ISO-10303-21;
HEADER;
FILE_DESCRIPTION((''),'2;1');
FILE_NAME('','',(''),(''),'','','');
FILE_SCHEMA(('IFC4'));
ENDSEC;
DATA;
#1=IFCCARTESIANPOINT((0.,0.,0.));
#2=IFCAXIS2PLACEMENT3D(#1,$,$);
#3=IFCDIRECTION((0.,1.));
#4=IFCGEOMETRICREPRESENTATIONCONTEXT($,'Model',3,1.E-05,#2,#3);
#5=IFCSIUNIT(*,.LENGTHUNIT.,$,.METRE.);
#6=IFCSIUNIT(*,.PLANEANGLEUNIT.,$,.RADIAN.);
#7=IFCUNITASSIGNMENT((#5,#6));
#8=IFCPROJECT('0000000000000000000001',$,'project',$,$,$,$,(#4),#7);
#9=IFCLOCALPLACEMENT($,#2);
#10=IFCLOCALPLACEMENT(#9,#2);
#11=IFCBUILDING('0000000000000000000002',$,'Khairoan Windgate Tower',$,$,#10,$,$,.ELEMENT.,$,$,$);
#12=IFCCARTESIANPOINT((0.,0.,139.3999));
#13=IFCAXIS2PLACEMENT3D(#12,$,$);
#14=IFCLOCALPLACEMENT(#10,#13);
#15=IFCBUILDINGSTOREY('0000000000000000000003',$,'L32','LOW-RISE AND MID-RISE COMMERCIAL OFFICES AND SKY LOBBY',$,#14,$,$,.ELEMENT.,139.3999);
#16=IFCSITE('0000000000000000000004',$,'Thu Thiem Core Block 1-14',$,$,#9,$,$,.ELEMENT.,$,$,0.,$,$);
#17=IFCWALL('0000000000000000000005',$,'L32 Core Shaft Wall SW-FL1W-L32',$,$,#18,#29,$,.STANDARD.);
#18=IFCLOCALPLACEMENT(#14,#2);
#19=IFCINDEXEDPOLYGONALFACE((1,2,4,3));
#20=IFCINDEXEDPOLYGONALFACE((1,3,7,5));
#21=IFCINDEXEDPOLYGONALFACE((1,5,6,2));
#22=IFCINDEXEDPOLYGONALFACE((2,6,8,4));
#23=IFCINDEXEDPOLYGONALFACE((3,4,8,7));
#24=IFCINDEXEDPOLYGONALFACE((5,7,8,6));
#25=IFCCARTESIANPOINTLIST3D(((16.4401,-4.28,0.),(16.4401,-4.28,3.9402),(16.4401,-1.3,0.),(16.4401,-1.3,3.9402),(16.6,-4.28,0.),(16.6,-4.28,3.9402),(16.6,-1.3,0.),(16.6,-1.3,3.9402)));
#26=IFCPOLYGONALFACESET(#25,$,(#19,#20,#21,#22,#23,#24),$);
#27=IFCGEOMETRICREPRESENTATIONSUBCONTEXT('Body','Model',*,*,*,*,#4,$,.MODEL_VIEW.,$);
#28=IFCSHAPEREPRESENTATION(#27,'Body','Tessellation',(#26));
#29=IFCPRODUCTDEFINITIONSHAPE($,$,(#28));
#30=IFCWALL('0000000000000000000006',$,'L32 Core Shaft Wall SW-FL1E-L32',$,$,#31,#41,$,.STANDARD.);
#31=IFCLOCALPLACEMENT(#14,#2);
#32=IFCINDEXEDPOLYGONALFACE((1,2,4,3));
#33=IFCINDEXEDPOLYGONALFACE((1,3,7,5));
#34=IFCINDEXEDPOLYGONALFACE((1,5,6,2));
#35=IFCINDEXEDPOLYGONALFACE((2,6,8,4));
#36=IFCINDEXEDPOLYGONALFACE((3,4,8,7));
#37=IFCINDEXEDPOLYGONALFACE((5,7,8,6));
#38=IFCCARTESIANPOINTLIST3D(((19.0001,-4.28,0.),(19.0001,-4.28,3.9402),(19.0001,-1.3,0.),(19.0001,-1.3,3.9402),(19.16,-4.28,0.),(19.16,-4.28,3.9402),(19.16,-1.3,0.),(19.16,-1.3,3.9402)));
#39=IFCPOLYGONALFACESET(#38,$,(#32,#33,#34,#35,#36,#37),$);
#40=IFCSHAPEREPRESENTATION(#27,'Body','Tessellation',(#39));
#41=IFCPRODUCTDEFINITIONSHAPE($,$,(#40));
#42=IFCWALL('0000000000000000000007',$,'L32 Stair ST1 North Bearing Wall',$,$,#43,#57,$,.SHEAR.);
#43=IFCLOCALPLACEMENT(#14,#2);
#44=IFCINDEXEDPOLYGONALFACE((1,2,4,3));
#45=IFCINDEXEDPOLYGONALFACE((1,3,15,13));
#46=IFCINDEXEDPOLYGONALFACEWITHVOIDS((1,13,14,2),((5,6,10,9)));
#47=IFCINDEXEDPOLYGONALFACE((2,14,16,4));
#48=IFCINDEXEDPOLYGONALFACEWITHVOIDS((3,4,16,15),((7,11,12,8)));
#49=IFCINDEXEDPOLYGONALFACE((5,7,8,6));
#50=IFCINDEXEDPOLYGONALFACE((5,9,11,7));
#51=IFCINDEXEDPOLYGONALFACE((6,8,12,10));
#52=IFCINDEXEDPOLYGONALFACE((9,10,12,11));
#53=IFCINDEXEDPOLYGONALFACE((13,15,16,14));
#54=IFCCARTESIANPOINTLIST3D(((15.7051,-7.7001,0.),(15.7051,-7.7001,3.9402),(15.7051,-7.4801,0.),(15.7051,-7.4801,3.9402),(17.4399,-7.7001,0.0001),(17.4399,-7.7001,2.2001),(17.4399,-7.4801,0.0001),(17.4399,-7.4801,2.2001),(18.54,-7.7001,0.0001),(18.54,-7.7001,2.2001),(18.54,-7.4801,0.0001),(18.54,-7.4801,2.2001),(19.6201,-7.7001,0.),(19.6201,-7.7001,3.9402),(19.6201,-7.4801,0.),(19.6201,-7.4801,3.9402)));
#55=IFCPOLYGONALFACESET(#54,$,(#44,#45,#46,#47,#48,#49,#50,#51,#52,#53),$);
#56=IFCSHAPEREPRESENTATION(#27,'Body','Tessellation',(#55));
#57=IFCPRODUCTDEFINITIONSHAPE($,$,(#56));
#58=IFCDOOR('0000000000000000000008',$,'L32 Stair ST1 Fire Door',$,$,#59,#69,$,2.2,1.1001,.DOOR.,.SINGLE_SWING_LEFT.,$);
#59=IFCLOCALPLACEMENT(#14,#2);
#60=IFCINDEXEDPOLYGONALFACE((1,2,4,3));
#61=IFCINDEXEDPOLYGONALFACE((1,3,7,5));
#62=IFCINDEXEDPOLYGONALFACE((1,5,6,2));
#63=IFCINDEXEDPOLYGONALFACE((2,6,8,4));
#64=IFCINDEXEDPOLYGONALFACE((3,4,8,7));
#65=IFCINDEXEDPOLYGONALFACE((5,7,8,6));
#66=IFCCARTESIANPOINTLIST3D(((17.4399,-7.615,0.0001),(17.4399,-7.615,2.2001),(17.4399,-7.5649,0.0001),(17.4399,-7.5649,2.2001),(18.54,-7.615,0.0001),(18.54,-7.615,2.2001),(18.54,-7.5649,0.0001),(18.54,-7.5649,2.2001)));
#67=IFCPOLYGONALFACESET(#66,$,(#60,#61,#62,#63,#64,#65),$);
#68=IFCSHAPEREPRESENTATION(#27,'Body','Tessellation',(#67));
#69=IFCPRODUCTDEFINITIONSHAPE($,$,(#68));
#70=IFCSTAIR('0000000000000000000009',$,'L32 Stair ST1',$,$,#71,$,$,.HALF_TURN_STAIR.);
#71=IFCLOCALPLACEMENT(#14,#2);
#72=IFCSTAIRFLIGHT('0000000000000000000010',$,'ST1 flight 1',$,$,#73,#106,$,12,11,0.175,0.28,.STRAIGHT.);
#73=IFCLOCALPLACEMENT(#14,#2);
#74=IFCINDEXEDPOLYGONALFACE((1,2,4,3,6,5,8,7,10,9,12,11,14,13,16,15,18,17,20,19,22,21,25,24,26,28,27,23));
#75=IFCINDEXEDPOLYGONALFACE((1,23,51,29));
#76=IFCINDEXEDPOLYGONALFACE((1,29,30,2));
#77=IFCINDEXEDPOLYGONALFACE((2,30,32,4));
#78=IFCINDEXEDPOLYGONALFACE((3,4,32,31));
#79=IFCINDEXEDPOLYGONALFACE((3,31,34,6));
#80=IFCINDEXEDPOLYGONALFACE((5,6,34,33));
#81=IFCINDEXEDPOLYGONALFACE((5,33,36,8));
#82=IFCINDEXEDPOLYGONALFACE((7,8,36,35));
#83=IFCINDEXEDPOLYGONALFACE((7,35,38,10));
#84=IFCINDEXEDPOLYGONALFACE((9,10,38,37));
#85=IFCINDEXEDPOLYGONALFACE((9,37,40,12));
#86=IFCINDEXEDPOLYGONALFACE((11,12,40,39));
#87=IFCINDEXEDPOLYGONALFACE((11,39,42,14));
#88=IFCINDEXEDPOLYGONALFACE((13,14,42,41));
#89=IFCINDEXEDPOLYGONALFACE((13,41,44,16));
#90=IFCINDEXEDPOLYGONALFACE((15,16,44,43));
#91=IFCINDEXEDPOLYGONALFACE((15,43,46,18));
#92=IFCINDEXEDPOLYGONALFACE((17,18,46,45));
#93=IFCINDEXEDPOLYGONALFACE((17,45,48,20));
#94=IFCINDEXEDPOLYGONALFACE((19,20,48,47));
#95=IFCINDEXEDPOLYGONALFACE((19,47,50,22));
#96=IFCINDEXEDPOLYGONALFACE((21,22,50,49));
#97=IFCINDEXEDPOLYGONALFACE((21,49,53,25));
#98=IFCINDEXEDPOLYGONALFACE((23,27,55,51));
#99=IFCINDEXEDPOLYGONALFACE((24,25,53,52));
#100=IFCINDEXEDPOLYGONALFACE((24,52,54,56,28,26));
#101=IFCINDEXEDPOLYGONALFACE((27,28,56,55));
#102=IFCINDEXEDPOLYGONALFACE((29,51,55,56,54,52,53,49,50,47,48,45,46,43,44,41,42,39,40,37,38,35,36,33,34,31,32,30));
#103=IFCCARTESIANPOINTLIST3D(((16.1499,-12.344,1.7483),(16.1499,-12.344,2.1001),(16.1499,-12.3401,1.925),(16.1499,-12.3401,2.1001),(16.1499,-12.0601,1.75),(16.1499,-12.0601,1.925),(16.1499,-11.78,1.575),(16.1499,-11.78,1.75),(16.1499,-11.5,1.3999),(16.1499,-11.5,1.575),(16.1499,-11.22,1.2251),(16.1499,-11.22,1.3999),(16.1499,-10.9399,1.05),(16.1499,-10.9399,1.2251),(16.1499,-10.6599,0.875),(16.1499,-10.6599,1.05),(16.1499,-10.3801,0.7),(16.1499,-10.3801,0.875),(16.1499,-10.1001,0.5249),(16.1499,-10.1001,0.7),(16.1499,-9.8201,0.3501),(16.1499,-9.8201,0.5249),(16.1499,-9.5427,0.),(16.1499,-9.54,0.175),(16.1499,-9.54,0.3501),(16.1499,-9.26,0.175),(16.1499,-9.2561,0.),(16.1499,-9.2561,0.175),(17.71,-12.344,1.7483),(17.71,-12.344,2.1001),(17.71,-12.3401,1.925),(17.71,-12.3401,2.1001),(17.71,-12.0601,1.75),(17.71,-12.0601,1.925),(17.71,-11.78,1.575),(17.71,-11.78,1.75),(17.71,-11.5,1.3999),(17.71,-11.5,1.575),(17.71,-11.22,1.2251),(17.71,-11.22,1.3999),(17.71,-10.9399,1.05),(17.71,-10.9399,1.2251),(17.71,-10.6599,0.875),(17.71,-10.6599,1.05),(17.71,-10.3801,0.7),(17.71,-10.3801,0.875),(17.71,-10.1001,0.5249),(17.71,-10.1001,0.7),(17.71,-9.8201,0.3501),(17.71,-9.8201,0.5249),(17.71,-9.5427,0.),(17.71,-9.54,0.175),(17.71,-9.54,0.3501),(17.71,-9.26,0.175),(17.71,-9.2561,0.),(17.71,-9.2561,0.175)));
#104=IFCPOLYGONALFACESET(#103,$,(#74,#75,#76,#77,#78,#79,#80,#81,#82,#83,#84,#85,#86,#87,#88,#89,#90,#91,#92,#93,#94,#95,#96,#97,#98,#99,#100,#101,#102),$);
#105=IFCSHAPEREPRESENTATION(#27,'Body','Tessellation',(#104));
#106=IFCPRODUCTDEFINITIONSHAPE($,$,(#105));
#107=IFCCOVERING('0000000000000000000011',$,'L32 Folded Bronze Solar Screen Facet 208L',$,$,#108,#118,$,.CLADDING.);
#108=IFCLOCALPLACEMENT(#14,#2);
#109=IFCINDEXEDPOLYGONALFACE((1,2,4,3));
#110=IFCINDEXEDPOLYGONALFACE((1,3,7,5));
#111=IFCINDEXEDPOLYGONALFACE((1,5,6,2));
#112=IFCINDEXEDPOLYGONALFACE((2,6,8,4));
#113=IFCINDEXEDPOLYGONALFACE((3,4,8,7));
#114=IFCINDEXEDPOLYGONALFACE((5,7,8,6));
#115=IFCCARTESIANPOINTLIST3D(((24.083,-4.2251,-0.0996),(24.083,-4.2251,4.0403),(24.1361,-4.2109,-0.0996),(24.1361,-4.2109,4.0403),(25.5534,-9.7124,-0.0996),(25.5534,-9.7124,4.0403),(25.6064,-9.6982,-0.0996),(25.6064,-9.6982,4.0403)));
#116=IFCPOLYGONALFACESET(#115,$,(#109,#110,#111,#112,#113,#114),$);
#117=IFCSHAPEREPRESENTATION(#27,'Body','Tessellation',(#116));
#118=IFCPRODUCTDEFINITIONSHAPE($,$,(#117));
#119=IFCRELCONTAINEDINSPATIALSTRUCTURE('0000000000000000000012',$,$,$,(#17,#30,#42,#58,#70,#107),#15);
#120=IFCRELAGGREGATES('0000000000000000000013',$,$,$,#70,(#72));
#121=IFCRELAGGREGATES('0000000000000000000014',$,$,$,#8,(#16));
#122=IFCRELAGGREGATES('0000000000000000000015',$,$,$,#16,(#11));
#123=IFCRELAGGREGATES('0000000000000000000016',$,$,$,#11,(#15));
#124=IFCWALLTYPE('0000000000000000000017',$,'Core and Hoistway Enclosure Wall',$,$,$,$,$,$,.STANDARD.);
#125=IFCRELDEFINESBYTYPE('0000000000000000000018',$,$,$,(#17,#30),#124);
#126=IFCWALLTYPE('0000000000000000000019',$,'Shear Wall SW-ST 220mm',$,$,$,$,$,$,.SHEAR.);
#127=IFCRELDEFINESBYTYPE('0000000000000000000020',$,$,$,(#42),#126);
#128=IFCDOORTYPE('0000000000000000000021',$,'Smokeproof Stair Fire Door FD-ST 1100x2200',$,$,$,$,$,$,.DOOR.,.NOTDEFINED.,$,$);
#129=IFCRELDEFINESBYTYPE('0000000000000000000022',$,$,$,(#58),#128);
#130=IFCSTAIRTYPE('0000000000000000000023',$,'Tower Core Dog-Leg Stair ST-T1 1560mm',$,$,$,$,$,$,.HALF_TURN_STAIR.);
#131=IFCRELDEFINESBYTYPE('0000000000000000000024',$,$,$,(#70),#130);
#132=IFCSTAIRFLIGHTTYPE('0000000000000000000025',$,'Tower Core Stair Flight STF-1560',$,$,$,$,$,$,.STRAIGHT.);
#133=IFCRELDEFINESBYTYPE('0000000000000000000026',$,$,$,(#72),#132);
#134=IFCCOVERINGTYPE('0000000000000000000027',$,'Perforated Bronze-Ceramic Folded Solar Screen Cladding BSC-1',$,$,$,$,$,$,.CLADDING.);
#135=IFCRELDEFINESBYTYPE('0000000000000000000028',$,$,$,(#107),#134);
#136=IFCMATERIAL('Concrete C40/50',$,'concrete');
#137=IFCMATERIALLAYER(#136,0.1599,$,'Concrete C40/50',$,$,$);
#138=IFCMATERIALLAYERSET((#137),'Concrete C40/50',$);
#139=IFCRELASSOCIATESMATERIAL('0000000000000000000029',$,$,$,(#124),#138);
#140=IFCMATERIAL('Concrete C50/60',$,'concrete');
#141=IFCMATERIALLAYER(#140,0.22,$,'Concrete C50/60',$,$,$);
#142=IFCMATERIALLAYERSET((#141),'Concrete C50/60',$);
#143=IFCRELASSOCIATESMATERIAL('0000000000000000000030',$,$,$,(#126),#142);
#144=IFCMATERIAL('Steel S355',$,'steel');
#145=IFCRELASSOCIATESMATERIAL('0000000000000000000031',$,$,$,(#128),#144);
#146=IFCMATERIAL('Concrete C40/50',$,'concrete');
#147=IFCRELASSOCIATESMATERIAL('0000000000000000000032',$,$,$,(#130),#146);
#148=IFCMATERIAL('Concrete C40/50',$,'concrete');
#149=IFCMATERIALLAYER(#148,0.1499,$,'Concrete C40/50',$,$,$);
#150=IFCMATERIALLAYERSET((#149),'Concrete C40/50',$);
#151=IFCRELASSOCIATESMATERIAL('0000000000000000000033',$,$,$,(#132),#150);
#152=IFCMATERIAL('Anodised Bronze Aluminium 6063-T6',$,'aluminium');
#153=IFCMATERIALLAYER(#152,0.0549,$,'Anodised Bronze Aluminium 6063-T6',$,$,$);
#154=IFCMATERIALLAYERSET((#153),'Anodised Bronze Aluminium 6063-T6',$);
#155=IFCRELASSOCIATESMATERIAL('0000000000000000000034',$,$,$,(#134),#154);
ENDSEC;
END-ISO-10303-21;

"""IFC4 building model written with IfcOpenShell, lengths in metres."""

from ifc_helpers import new_model, si_unit, direction, frame, frame_2d, origin, origin_2d, place, context, subcontext, project, spatial, polyline, rectangle, outline, extrude, material, layer, layer_set, type_object, element, fill, aggregate, save


model = new_model("IFC4")

# Units and contexts
model_context = context("Model", 3, precision=1e-05, world=origin(), true_north=direction((0.0, 1.0)))
body_context = subcontext(model_context, "Body", "Model", "MODEL_VIEW")
ifc_project = project(units=[si_unit("LENGTHUNIT", "METRE"), si_unit("PLANEANGLEUNIT", "RADIAN")], contexts=[model_context])

# Site, building, storey
site_placement = place(None, origin())
site = spatial("IfcSite", under=ifc_project, at=site_placement, Name="Thu Thiem Core Block 1-14", CompositionType="ELEMENT", RefElevation=0.0)
building_placement = place(site_placement, origin())
building = spatial("IfcBuilding", under=site, at=building_placement, Name="Khairoan Windgate Tower", CompositionType="ELEMENT")
storey_placement = place(building_placement, frame((0.0, 0.0, 139.3999)))
storey = spatial("IfcBuildingStorey", under=building, at=storey_placement, Name="L32", Description="LOW-RISE AND MID-RISE COMMERCIAL OFFICES AND SKY LOBBY", CompositionType="ELEMENT", Elevation=139.3999)

# Walls
ifc_material_1 = material(Name="Concrete C40/50", Category="concrete")
ifc_layer_1 = layer(ifc_material_1, 0.1599, Name="Concrete C40/50")
ifc_layer_set_1 = layer_set([ifc_layer_1], Name="Concrete C40/50")
wall_type_1 = type_object("IfcWallType", Name="Core and Hoistway Enclosure Wall", PredefinedType="STANDARD", material=ifc_layer_set_1)
for number, where, z_axis, x_axis, name in (
    (1, (16.52, -4.28, 0.0), (0.0, 0.0, 1.0), (0.0, 1.0, 0.0), "L32 Core Shaft Wall SW-FL1W-L32"),
    (2, (19.0801, -4.28, 0.0), (0.0, 0.0, 1.0), (0.0, 1.0, 0.0), "L32 Core Shaft Wall SW-FL1E-L32"),
):
    element("IfcWall", number, at=place(storey_placement, frame(where, z_axis=z_axis, x_axis=x_axis)), inside=storey, type_object=wall_type_1, Name=name, PredefinedType="STANDARD", context=body_context, shape_type="SweptSolid", body=[
        extrude(rectangle(XDim=2.98, YDim=0.1599, at=frame_2d((1.49, 0.0))), origin(), (0.0, 0.0, 1.0), 3.9402),
    ])

# Wall, opening, door
ifc_material_2 = material(Name="Concrete C50/60", Category="concrete")
ifc_layer_2 = layer(ifc_material_2, 0.22, Name="Concrete C50/60")
ifc_layer_set_2 = layer_set([ifc_layer_2], Name="Concrete C50/60")
wall_type_2 = type_object("IfcWallType", Name="Shear Wall SW-ST 220mm", PredefinedType="SHEAR", material=ifc_layer_set_2)
wall_placement = place(storey_placement, frame((19.6201, -7.5901, 0.0), z_axis=(0.0, 0.0, 1.0), x_axis=(-1.0, 0.0, 0.0)))
wall = element("IfcWall", 3, at=wall_placement, inside=storey, type_object=wall_type_2, Name="L32 Stair ST1 North Bearing Wall", PredefinedType="SHEAR", context=body_context, shape_type="SweptSolid", body=[
    extrude(rectangle(XDim=3.915, YDim=0.22, at=frame_2d((1.9575, 0.0))), origin(), (0.0, 0.0, 1.0), 3.9402),
])
opening_placement = place(wall_placement, frame((1.0801, 0.0, 0.0)))
opening = element("IfcOpeningElement", 4, at=opening_placement, cuts=wall, PredefinedType="OPENING", context=body_context, shape_type="SweptSolid", body=[
    extrude(rectangle(XDim=1.1001, YDim=2.2, at=frame_2d((0.55, 1.1001))), frame((0.0, 0.1199, 0.0), z_axis=(0.0, -1.0, 0.0), x_axis=(1.0, 0.0, 0.0)), (0.0, 0.0, 1.0), 0.24),
])
ifc_material_3 = material(Name="Steel S355", Category="steel")
door_type = type_object("IfcDoorType", Name="Smokeproof Stair Fire Door FD-ST 1100x2200", OperationType="NOTDEFINED", PredefinedType="DOOR", material=ifc_material_3)
door_placement = place(opening_placement, origin())
door = element("IfcDoor", 5, at=door_placement, inside=storey, type_object=door_type, Name="L32 Stair ST1 Fire Door", OperationType="SINGLE_SWING_LEFT", OverallHeight=2.2, OverallWidth=1.1001, PredefinedType="DOOR", context=body_context, shape_type="SweptSolid", body=[
    extrude(rectangle(XDim=1.1001, YDim=2.2, at=frame_2d((0.55, 1.1001))), frame((0.0, 0.0249, 0.0), z_axis=(0.0, -1.0, 0.0), x_axis=(1.0, 0.0, 0.0)), (0.0, 0.0, 1.0), 0.05),
])
fill(opening, door)

# Stair, stair flight
ifc_material_4 = material(Name="Concrete C40/50", Category="concrete")
stair_type = type_object("IfcStairType", Name="Tower Core Dog-Leg Stair ST-T1 1560mm", PredefinedType="HALF_TURN_STAIR", material=ifc_material_4)
stair_placement = place(storey_placement, origin())
stair = element("IfcStair", 6, at=stair_placement, inside=storey, type_object=stair_type, Name="L32 Stair ST1", PredefinedType="HALF_TURN_STAIR")
ifc_material_5 = material(Name="Concrete C40/50", Category="concrete")
ifc_layer_3 = layer(ifc_material_5, 0.1499, Name="Concrete C40/50")
ifc_layer_set_3 = layer_set([ifc_layer_3], Name="Concrete C40/50")
stair_flight_type = type_object("IfcStairFlightType", Name="Tower Core Stair Flight STF-1560", PredefinedType="STRAIGHT", material=ifc_layer_set_3)
stair_flight_placement = place(storey_placement, frame((16.9299, -9.26, 0.0), z_axis=(0.0, 0.0, 1.0), x_axis=(0.0, -1.0, 0.0)))
stair_flight = element("IfcStairFlight", 7, at=stair_flight_placement, type_object=stair_flight_type, Name="ST1 flight 1", NumberOfRisers=12, NumberOfTreads=11, PredefinedType="STRAIGHT", RiserHeight=0.175, TreadLength=0.28, context=body_context, shape_type="SweptSolid", body=[
    extrude(outline(polyline([(-0.0039, 0.0), (-0.0039, 0.175), (0.0, 0.175), (0.28, 0.175), (0.28, 0.3501), (0.5601, 0.3501), (0.5601, 0.5249), (0.8401, 0.5249), (0.8401, 0.7), (1.1201, 0.7), (1.1201, 0.875), (1.3999, 0.875), (1.3999, 1.05), (1.6799, 1.05), (1.6799, 1.2251), (1.96, 1.2251), (1.96, 1.3999), (2.24, 1.3999), (2.24, 1.575), (2.52, 1.575), (2.52, 1.75), (2.8, 1.75), (2.8, 1.925), (3.0801, 1.925), (3.0801, 2.1001), (3.084, 2.1001), (3.084, 1.7483), (0.2827, 0.0), (-0.0039, 0.0)])), frame((0.0, 0.78, 0.0), z_axis=(0.0, -1.0, 0.0), x_axis=(1.0, 0.0, 0.0)), (0.0, 0.0, 1.0), 1.5601),
])
aggregate(stair, [stair_flight])

# Covering
ifc_material_6 = material(Name="Anodised Bronze Aluminium 6063-T6", Category="aluminium")
ifc_layer_4 = layer(ifc_material_6, 0.0549, Name="Anodised Bronze Aluminium 6063-T6")
ifc_layer_set_4 = layer_set([ifc_layer_4], Name="Anodised Bronze Aluminium 6063-T6")
covering_type = type_object("IfcCoveringType", Name="Perforated Bronze-Ceramic Folded Solar Screen Cladding BSC-1", PredefinedType="CLADDING", material=ifc_layer_set_4)
covering_placement = place(storey_placement, frame((24.8447, -6.9617, -0.0996), z_axis=(0.0, 0.0, 1.0), x_axis=(0.258819, -0.965926, 0.0)))
element("IfcCovering", 8, at=covering_placement, inside=storey, type_object=covering_type, Name="L32 Folded Bronze Solar Screen Facet 208L", PredefinedType="CLADDING", context=body_context, shape_type="SweptSolid", body=[
    extrude(rectangle(XDim=5.6809, YDim=0.0549, at=origin_2d()), origin(), (0.0, 0.0, 1.0), 4.1399),
])

save(model, "model.ifc")
